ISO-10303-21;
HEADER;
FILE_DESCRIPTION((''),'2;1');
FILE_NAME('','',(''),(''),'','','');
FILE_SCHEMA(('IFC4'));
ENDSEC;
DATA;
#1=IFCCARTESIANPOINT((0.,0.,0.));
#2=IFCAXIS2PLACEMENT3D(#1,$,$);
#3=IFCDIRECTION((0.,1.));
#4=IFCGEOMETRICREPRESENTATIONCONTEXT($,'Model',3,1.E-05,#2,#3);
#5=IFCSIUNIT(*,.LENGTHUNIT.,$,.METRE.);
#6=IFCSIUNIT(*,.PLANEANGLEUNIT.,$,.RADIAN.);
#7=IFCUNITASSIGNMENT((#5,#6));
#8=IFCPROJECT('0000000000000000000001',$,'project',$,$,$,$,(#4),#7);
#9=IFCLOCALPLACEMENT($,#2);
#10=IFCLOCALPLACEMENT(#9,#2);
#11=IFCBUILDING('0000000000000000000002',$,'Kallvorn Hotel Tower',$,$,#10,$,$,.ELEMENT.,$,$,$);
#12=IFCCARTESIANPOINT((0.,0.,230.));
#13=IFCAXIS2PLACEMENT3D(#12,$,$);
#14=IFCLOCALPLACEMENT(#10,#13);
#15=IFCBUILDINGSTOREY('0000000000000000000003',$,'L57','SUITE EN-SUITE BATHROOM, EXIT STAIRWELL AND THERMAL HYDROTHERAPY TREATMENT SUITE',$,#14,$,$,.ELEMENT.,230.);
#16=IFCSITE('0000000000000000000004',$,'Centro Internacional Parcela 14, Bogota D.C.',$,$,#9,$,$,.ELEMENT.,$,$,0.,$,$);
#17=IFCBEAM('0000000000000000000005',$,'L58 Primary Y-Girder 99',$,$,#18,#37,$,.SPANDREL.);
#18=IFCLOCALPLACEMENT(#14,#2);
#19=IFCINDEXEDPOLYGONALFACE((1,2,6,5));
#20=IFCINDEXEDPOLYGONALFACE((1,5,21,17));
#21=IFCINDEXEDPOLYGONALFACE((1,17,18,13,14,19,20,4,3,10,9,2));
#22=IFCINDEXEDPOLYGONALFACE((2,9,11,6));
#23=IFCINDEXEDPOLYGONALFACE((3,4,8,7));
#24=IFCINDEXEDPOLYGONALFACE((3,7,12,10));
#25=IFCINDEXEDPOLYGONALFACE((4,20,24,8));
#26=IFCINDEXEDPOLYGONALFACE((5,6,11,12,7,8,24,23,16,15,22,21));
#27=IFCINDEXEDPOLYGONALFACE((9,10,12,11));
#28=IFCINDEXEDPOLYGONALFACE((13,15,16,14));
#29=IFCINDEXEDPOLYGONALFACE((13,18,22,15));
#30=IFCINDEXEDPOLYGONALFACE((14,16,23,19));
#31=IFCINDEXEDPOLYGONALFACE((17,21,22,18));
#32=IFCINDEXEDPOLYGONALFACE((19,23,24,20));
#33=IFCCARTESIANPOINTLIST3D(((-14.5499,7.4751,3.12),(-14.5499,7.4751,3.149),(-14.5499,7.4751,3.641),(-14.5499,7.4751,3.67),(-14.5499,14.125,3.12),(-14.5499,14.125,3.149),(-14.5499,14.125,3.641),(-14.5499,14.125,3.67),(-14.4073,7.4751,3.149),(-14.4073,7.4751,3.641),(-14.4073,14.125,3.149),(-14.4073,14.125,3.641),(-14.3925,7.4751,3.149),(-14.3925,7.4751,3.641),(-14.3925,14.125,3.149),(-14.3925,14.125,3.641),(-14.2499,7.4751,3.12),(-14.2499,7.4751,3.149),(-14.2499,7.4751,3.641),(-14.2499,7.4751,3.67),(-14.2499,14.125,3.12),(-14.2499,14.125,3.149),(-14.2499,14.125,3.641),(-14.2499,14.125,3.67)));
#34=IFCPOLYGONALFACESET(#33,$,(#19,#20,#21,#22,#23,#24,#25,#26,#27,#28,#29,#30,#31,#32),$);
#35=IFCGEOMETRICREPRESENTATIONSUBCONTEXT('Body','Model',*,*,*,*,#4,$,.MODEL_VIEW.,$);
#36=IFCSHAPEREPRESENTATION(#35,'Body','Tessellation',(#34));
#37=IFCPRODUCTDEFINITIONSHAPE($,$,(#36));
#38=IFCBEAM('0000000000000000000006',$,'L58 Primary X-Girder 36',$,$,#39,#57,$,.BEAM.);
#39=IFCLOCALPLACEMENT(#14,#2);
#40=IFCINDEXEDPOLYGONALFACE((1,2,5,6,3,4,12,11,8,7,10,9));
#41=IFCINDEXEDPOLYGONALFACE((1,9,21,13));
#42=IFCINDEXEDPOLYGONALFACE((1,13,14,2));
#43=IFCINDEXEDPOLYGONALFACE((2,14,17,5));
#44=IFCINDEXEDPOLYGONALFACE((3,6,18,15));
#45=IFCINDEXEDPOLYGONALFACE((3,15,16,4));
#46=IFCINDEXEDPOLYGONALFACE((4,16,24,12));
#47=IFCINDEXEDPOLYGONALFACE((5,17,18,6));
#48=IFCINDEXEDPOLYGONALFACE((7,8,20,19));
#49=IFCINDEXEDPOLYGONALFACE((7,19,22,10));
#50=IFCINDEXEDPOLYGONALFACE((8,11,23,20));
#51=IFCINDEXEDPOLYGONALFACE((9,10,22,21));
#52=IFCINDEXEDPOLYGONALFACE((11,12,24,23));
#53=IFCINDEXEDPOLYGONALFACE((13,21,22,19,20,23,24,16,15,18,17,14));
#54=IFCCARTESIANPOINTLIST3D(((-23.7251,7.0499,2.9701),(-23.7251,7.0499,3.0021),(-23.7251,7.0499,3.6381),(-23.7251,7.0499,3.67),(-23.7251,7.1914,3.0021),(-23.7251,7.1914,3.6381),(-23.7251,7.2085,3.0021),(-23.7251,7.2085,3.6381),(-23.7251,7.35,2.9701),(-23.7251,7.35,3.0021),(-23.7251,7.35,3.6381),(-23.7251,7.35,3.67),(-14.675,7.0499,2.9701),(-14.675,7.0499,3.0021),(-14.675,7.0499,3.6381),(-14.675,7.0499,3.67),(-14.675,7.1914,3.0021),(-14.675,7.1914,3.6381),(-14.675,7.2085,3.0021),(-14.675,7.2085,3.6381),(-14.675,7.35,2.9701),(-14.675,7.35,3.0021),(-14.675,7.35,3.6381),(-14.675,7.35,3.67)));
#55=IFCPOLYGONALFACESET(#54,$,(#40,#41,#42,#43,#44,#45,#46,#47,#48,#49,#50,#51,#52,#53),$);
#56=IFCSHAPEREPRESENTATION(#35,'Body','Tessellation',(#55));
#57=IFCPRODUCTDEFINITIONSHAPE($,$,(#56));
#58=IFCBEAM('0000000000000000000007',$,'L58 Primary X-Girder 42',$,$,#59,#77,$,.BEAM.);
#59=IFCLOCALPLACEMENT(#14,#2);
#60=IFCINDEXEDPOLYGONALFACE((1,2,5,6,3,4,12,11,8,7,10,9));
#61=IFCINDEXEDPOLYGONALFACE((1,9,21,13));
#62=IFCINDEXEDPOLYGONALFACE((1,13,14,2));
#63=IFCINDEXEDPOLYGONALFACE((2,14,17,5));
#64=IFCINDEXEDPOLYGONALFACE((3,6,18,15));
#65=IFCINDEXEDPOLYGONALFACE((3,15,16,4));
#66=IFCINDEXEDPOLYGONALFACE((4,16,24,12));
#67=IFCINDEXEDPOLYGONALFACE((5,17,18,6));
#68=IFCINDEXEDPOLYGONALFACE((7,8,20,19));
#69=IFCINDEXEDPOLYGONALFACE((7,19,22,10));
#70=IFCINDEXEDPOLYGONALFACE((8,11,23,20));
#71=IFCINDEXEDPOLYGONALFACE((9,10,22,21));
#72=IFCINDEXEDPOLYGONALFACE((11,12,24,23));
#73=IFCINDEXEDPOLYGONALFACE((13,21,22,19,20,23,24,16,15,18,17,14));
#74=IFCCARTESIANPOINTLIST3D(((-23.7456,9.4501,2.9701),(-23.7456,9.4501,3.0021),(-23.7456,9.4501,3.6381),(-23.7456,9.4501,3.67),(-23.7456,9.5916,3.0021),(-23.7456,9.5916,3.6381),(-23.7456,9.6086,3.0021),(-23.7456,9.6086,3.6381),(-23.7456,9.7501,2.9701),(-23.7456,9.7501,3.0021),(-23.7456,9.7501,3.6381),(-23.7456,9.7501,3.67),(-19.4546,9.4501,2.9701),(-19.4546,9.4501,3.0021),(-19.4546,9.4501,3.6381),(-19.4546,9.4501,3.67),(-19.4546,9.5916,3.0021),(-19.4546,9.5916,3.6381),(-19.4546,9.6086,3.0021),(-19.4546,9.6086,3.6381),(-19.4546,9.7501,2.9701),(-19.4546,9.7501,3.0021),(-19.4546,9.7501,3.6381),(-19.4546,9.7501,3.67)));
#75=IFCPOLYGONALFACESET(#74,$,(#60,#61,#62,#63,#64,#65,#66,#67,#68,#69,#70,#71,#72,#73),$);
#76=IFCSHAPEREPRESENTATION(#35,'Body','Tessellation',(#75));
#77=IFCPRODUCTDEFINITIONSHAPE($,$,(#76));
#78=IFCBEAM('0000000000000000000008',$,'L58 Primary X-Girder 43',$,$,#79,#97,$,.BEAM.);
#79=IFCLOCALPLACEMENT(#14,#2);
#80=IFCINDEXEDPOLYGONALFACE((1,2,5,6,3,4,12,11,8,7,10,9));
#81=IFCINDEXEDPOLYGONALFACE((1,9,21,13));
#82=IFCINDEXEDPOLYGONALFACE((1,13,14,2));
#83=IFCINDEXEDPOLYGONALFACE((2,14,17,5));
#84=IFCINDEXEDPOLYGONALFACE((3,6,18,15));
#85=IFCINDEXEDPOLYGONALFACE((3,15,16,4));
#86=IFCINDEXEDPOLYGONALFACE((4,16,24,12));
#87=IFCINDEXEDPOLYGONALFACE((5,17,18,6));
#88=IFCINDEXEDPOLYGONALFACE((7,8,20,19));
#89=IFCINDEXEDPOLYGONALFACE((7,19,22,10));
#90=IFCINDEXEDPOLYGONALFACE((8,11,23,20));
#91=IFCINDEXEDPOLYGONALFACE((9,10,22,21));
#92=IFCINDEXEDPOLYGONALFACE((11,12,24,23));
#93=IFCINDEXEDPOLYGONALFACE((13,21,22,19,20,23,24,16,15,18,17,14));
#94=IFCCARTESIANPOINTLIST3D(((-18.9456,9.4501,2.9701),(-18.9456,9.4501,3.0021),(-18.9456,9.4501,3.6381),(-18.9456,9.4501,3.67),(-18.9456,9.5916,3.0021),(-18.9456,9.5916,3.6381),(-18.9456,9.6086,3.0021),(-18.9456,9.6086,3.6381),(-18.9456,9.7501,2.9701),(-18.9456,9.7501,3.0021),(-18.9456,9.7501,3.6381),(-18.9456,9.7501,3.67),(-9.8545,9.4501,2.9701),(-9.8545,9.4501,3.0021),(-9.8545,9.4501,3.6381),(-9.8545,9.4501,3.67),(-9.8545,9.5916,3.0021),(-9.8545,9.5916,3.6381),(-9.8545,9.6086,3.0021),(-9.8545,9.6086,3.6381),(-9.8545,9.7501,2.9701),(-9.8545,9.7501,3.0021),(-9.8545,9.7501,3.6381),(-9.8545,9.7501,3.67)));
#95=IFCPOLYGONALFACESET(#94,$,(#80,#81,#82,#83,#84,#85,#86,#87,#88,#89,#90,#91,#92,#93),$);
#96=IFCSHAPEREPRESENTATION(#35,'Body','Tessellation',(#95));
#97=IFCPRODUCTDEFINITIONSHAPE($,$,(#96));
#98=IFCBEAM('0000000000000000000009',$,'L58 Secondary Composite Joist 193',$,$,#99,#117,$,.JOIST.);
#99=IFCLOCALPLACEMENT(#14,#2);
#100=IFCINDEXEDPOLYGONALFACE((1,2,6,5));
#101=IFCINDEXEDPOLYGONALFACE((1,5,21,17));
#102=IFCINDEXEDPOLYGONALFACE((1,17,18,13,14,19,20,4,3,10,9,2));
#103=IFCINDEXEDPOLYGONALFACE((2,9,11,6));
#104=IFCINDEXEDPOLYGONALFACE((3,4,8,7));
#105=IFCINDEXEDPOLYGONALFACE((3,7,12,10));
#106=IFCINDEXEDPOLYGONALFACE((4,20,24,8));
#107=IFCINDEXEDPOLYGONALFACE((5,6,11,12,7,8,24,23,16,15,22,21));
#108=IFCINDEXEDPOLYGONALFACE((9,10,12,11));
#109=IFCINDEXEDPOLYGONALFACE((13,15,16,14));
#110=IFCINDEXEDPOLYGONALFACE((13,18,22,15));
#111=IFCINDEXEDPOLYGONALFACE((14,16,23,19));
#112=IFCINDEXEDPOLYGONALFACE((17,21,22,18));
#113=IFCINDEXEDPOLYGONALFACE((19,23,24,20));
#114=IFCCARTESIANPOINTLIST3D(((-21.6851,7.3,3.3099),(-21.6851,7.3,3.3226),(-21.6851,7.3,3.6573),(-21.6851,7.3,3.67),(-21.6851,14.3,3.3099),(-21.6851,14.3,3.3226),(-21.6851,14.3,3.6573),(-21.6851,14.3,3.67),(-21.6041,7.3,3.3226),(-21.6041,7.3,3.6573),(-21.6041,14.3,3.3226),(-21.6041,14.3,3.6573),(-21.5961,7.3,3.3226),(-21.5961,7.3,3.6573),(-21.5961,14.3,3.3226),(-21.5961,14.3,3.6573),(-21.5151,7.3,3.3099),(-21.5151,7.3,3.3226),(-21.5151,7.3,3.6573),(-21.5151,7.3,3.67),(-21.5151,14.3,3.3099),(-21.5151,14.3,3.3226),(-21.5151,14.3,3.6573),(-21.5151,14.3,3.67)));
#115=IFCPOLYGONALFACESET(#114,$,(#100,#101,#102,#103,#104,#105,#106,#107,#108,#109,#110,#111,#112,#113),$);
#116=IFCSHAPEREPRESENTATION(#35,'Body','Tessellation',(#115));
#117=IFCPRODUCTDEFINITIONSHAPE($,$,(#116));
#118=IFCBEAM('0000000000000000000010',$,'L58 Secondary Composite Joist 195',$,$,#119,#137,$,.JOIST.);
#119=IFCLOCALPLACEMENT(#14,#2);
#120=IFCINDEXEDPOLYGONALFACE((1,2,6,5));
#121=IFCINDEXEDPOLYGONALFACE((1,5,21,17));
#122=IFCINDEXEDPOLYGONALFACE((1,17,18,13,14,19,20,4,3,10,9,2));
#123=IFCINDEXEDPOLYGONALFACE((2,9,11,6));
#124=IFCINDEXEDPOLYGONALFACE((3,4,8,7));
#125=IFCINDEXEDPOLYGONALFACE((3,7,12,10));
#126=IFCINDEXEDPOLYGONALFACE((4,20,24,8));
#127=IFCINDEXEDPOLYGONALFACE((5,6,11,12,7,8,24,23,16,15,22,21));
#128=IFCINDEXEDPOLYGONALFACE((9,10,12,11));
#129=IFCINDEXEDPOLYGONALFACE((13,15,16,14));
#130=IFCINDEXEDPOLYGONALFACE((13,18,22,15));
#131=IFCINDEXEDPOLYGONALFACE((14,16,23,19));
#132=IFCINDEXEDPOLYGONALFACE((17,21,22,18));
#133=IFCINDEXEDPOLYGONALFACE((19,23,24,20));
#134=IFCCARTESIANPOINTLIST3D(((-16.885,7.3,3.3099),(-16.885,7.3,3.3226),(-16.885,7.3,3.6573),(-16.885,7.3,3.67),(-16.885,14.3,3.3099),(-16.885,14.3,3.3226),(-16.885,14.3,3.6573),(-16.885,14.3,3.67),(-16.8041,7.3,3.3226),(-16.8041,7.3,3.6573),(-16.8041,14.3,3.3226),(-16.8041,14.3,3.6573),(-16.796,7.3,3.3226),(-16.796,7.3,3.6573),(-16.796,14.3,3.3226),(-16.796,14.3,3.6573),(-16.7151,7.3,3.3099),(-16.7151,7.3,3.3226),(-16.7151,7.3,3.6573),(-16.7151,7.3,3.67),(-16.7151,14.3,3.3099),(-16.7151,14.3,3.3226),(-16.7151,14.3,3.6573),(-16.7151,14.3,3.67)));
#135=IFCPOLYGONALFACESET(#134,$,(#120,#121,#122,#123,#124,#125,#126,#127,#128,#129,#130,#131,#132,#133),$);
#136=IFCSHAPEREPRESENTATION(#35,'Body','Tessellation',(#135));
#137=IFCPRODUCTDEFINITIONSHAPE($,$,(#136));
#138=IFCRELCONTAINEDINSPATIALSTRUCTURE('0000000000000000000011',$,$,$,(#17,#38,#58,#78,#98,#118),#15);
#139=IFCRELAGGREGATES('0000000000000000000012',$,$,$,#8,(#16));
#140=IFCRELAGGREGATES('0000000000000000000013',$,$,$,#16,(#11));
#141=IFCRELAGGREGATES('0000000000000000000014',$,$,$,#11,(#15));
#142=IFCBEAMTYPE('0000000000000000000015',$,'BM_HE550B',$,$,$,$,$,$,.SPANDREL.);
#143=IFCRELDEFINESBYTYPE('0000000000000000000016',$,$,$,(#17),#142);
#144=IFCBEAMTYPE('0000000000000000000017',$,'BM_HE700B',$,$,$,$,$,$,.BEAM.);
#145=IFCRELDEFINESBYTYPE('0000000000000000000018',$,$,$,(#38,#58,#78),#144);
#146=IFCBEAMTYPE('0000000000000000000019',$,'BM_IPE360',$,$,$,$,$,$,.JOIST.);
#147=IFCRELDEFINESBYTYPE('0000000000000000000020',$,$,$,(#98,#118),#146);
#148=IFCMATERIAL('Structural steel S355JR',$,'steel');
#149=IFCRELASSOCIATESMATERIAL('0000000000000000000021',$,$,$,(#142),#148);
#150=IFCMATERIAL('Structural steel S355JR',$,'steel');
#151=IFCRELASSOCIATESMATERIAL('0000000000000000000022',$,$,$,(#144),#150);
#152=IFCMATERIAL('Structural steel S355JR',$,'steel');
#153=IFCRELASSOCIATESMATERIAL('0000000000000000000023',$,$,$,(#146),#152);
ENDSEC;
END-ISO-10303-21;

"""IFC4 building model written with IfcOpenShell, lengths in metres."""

from ifc_helpers import new_model, si_unit, direction, frame, origin, origin_2d, place, context, subcontext, project, spatial, i_section, extrude, material, material_profile, profile_set, type_object, element, save


model = new_model("IFC4")

# Units and contexts
model_context = context("Model", 3, precision=1e-05, world=origin(), true_north=direction((0.0, 1.0)))
body_context = subcontext(model_context, "Body", "Model", "MODEL_VIEW")
ifc_project = project(units=[si_unit("LENGTHUNIT", "METRE"), si_unit("PLANEANGLEUNIT", "RADIAN")], contexts=[model_context])

# Site, building, storey
site_placement = place(None, origin())
site = spatial("IfcSite", under=ifc_project, at=site_placement, Name="Centro Internacional Parcela 14, Bogota D.C.", CompositionType="ELEMENT", RefElevation=0.0)
building_placement = place(site_placement, origin())
building = spatial("IfcBuilding", under=site, at=building_placement, Name="Kallvorn Hotel Tower", CompositionType="ELEMENT")
storey_placement = place(building_placement, frame((0.0, 0.0, 230.0)))
storey = spatial("IfcBuildingStorey", under=building, at=storey_placement, Name="L57", Description="SUITE EN-SUITE BATHROOM, EXIT STAIRWELL AND THERMAL HYDROTHERAPY TREATMENT SUITE", CompositionType="ELEMENT", Elevation=230.0)

# Beams
ifc_material_1 = material(Name="Structural steel S355JR", Category="steel")
ifc_material_profile_1 = material_profile(ifc_material_1, i_section(OverallWidth=0.3, OverallDepth=0.55, WebThickness=0.0149, FlangeThickness=0.0291, at=origin_2d()), Name="HE 550 B")
ifc_profile_set_1 = profile_set([ifc_material_profile_1], Name="Structural steel S355JR")
beam_type_1 = type_object("IfcBeamType", Name="BM_HE550B", PredefinedType="SPANDREL", material=ifc_profile_set_1)
beam_1_placement = place(storey_placement, frame((-14.3999, 7.4751, 3.395), z_axis=(0.0, 1.0, 0.0), x_axis=(-1.0, 0.0, 0.0)))
element("IfcBeam", 1, at=beam_1_placement, inside=storey, type_object=beam_type_1, Name="L58 Primary Y-Girder 99", PredefinedType="SPANDREL", context=body_context, shape_type="SweptSolid", body=[
    extrude(i_section(OverallWidth=0.3, OverallDepth=0.55, WebThickness=0.0149, FlangeThickness=0.0291, at=origin_2d()), origin(), (0.0, 0.0, 1.0), 6.6499),
])
ifc_material_2 = material(Name="Structural steel S355JR", Category="steel")
ifc_material_profile_2 = material_profile(ifc_material_2, i_section(OverallWidth=0.3, OverallDepth=0.7, WebThickness=0.0171, FlangeThickness=0.032, at=origin_2d()), Name="HE 700 B")
ifc_profile_set_2 = profile_set([ifc_material_profile_2], Name="Structural steel S355JR")
beam_type_2 = type_object("IfcBeamType", Name="BM_HE700B", PredefinedType="BEAM", material=ifc_profile_set_2)
beam_2_placement = place(storey_placement, frame((-23.7251, 7.2, 3.3201), z_axis=(1.0, 0.0, 0.0), x_axis=(0.0, 1.0, 0.0)))
element("IfcBeam", 2, at=beam_2_placement, inside=storey, type_object=beam_type_2, Name="L58 Primary X-Girder 36", PredefinedType="BEAM", context=body_context, shape_type="SweptSolid", body=[
    extrude(i_section(OverallWidth=0.3, OverallDepth=0.7, WebThickness=0.0171, FlangeThickness=0.032, at=origin_2d()), origin(), (0.0, 0.0, 1.0), 9.05),
])
beam_3_placement = place(storey_placement, frame((-23.7456, 9.6001, 3.3201), z_axis=(1.0, 0.0, 0.0), x_axis=(0.0, 1.0, 0.0)))
element("IfcBeam", 3, at=beam_3_placement, inside=storey, type_object=beam_type_2, Name="L58 Primary X-Girder 42", PredefinedType="BEAM", context=body_context, shape_type="SweptSolid", body=[
    extrude(i_section(OverallWidth=0.3, OverallDepth=0.7, WebThickness=0.0171, FlangeThickness=0.032, at=origin_2d()), origin(), (0.0, 0.0, 1.0), 4.291),
])
beam_4_placement = place(storey_placement, frame((-18.9456, 9.6001, 3.3201), z_axis=(1.0, 0.0, 0.0), x_axis=(0.0, 1.0, 0.0)))
element("IfcBeam", 4, at=beam_4_placement, inside=storey, type_object=beam_type_2, Name="L58 Primary X-Girder 43", PredefinedType="BEAM", context=body_context, shape_type="SweptSolid", body=[
    extrude(i_section(OverallWidth=0.3, OverallDepth=0.7, WebThickness=0.0171, FlangeThickness=0.032, at=origin_2d()), origin(), (0.0, 0.0, 1.0), 9.0911),
])
ifc_material_3 = material(Name="Structural steel S355JR", Category="steel")
ifc_material_profile_3 = material_profile(ifc_material_3, i_section(OverallWidth=0.1699, OverallDepth=0.3601, WebThickness=0.0081, FlangeThickness=0.0127, at=origin_2d()), Name="IPE 360")
ifc_profile_set_3 = profile_set([ifc_material_profile_3], Name="Structural steel S355JR")
beam_type_3 = type_object("IfcBeamType", Name="BM_IPE360", PredefinedType="JOIST", material=ifc_profile_set_3)
for number, where, z_axis, x_axis, name in (
    (5, (-21.6001, 7.3, 3.49), (0.0, 1.0, 0.0), (-1.0, 0.0, 0.0), "L58 Secondary Composite Joist 193"),
    (6, (-16.8, 7.3, 3.49), (0.0, 1.0, 0.0), (-1.0, 0.0, 0.0), "L58 Secondary Composite Joist 195"),
):
    element("IfcBeam", number, at=place(storey_placement, frame(where, z_axis=z_axis, x_axis=x_axis)), inside=storey, type_object=beam_type_3, Name=name, PredefinedType="JOIST", context=body_context, shape_type="SweptSolid", body=[
        extrude(i_section(OverallWidth=0.1699, OverallDepth=0.3601, WebThickness=0.0081, FlangeThickness=0.0127, at=origin_2d()), origin(), (0.0, 0.0, 1.0), 7.0),
    ])

save(model, "model.ifc")
